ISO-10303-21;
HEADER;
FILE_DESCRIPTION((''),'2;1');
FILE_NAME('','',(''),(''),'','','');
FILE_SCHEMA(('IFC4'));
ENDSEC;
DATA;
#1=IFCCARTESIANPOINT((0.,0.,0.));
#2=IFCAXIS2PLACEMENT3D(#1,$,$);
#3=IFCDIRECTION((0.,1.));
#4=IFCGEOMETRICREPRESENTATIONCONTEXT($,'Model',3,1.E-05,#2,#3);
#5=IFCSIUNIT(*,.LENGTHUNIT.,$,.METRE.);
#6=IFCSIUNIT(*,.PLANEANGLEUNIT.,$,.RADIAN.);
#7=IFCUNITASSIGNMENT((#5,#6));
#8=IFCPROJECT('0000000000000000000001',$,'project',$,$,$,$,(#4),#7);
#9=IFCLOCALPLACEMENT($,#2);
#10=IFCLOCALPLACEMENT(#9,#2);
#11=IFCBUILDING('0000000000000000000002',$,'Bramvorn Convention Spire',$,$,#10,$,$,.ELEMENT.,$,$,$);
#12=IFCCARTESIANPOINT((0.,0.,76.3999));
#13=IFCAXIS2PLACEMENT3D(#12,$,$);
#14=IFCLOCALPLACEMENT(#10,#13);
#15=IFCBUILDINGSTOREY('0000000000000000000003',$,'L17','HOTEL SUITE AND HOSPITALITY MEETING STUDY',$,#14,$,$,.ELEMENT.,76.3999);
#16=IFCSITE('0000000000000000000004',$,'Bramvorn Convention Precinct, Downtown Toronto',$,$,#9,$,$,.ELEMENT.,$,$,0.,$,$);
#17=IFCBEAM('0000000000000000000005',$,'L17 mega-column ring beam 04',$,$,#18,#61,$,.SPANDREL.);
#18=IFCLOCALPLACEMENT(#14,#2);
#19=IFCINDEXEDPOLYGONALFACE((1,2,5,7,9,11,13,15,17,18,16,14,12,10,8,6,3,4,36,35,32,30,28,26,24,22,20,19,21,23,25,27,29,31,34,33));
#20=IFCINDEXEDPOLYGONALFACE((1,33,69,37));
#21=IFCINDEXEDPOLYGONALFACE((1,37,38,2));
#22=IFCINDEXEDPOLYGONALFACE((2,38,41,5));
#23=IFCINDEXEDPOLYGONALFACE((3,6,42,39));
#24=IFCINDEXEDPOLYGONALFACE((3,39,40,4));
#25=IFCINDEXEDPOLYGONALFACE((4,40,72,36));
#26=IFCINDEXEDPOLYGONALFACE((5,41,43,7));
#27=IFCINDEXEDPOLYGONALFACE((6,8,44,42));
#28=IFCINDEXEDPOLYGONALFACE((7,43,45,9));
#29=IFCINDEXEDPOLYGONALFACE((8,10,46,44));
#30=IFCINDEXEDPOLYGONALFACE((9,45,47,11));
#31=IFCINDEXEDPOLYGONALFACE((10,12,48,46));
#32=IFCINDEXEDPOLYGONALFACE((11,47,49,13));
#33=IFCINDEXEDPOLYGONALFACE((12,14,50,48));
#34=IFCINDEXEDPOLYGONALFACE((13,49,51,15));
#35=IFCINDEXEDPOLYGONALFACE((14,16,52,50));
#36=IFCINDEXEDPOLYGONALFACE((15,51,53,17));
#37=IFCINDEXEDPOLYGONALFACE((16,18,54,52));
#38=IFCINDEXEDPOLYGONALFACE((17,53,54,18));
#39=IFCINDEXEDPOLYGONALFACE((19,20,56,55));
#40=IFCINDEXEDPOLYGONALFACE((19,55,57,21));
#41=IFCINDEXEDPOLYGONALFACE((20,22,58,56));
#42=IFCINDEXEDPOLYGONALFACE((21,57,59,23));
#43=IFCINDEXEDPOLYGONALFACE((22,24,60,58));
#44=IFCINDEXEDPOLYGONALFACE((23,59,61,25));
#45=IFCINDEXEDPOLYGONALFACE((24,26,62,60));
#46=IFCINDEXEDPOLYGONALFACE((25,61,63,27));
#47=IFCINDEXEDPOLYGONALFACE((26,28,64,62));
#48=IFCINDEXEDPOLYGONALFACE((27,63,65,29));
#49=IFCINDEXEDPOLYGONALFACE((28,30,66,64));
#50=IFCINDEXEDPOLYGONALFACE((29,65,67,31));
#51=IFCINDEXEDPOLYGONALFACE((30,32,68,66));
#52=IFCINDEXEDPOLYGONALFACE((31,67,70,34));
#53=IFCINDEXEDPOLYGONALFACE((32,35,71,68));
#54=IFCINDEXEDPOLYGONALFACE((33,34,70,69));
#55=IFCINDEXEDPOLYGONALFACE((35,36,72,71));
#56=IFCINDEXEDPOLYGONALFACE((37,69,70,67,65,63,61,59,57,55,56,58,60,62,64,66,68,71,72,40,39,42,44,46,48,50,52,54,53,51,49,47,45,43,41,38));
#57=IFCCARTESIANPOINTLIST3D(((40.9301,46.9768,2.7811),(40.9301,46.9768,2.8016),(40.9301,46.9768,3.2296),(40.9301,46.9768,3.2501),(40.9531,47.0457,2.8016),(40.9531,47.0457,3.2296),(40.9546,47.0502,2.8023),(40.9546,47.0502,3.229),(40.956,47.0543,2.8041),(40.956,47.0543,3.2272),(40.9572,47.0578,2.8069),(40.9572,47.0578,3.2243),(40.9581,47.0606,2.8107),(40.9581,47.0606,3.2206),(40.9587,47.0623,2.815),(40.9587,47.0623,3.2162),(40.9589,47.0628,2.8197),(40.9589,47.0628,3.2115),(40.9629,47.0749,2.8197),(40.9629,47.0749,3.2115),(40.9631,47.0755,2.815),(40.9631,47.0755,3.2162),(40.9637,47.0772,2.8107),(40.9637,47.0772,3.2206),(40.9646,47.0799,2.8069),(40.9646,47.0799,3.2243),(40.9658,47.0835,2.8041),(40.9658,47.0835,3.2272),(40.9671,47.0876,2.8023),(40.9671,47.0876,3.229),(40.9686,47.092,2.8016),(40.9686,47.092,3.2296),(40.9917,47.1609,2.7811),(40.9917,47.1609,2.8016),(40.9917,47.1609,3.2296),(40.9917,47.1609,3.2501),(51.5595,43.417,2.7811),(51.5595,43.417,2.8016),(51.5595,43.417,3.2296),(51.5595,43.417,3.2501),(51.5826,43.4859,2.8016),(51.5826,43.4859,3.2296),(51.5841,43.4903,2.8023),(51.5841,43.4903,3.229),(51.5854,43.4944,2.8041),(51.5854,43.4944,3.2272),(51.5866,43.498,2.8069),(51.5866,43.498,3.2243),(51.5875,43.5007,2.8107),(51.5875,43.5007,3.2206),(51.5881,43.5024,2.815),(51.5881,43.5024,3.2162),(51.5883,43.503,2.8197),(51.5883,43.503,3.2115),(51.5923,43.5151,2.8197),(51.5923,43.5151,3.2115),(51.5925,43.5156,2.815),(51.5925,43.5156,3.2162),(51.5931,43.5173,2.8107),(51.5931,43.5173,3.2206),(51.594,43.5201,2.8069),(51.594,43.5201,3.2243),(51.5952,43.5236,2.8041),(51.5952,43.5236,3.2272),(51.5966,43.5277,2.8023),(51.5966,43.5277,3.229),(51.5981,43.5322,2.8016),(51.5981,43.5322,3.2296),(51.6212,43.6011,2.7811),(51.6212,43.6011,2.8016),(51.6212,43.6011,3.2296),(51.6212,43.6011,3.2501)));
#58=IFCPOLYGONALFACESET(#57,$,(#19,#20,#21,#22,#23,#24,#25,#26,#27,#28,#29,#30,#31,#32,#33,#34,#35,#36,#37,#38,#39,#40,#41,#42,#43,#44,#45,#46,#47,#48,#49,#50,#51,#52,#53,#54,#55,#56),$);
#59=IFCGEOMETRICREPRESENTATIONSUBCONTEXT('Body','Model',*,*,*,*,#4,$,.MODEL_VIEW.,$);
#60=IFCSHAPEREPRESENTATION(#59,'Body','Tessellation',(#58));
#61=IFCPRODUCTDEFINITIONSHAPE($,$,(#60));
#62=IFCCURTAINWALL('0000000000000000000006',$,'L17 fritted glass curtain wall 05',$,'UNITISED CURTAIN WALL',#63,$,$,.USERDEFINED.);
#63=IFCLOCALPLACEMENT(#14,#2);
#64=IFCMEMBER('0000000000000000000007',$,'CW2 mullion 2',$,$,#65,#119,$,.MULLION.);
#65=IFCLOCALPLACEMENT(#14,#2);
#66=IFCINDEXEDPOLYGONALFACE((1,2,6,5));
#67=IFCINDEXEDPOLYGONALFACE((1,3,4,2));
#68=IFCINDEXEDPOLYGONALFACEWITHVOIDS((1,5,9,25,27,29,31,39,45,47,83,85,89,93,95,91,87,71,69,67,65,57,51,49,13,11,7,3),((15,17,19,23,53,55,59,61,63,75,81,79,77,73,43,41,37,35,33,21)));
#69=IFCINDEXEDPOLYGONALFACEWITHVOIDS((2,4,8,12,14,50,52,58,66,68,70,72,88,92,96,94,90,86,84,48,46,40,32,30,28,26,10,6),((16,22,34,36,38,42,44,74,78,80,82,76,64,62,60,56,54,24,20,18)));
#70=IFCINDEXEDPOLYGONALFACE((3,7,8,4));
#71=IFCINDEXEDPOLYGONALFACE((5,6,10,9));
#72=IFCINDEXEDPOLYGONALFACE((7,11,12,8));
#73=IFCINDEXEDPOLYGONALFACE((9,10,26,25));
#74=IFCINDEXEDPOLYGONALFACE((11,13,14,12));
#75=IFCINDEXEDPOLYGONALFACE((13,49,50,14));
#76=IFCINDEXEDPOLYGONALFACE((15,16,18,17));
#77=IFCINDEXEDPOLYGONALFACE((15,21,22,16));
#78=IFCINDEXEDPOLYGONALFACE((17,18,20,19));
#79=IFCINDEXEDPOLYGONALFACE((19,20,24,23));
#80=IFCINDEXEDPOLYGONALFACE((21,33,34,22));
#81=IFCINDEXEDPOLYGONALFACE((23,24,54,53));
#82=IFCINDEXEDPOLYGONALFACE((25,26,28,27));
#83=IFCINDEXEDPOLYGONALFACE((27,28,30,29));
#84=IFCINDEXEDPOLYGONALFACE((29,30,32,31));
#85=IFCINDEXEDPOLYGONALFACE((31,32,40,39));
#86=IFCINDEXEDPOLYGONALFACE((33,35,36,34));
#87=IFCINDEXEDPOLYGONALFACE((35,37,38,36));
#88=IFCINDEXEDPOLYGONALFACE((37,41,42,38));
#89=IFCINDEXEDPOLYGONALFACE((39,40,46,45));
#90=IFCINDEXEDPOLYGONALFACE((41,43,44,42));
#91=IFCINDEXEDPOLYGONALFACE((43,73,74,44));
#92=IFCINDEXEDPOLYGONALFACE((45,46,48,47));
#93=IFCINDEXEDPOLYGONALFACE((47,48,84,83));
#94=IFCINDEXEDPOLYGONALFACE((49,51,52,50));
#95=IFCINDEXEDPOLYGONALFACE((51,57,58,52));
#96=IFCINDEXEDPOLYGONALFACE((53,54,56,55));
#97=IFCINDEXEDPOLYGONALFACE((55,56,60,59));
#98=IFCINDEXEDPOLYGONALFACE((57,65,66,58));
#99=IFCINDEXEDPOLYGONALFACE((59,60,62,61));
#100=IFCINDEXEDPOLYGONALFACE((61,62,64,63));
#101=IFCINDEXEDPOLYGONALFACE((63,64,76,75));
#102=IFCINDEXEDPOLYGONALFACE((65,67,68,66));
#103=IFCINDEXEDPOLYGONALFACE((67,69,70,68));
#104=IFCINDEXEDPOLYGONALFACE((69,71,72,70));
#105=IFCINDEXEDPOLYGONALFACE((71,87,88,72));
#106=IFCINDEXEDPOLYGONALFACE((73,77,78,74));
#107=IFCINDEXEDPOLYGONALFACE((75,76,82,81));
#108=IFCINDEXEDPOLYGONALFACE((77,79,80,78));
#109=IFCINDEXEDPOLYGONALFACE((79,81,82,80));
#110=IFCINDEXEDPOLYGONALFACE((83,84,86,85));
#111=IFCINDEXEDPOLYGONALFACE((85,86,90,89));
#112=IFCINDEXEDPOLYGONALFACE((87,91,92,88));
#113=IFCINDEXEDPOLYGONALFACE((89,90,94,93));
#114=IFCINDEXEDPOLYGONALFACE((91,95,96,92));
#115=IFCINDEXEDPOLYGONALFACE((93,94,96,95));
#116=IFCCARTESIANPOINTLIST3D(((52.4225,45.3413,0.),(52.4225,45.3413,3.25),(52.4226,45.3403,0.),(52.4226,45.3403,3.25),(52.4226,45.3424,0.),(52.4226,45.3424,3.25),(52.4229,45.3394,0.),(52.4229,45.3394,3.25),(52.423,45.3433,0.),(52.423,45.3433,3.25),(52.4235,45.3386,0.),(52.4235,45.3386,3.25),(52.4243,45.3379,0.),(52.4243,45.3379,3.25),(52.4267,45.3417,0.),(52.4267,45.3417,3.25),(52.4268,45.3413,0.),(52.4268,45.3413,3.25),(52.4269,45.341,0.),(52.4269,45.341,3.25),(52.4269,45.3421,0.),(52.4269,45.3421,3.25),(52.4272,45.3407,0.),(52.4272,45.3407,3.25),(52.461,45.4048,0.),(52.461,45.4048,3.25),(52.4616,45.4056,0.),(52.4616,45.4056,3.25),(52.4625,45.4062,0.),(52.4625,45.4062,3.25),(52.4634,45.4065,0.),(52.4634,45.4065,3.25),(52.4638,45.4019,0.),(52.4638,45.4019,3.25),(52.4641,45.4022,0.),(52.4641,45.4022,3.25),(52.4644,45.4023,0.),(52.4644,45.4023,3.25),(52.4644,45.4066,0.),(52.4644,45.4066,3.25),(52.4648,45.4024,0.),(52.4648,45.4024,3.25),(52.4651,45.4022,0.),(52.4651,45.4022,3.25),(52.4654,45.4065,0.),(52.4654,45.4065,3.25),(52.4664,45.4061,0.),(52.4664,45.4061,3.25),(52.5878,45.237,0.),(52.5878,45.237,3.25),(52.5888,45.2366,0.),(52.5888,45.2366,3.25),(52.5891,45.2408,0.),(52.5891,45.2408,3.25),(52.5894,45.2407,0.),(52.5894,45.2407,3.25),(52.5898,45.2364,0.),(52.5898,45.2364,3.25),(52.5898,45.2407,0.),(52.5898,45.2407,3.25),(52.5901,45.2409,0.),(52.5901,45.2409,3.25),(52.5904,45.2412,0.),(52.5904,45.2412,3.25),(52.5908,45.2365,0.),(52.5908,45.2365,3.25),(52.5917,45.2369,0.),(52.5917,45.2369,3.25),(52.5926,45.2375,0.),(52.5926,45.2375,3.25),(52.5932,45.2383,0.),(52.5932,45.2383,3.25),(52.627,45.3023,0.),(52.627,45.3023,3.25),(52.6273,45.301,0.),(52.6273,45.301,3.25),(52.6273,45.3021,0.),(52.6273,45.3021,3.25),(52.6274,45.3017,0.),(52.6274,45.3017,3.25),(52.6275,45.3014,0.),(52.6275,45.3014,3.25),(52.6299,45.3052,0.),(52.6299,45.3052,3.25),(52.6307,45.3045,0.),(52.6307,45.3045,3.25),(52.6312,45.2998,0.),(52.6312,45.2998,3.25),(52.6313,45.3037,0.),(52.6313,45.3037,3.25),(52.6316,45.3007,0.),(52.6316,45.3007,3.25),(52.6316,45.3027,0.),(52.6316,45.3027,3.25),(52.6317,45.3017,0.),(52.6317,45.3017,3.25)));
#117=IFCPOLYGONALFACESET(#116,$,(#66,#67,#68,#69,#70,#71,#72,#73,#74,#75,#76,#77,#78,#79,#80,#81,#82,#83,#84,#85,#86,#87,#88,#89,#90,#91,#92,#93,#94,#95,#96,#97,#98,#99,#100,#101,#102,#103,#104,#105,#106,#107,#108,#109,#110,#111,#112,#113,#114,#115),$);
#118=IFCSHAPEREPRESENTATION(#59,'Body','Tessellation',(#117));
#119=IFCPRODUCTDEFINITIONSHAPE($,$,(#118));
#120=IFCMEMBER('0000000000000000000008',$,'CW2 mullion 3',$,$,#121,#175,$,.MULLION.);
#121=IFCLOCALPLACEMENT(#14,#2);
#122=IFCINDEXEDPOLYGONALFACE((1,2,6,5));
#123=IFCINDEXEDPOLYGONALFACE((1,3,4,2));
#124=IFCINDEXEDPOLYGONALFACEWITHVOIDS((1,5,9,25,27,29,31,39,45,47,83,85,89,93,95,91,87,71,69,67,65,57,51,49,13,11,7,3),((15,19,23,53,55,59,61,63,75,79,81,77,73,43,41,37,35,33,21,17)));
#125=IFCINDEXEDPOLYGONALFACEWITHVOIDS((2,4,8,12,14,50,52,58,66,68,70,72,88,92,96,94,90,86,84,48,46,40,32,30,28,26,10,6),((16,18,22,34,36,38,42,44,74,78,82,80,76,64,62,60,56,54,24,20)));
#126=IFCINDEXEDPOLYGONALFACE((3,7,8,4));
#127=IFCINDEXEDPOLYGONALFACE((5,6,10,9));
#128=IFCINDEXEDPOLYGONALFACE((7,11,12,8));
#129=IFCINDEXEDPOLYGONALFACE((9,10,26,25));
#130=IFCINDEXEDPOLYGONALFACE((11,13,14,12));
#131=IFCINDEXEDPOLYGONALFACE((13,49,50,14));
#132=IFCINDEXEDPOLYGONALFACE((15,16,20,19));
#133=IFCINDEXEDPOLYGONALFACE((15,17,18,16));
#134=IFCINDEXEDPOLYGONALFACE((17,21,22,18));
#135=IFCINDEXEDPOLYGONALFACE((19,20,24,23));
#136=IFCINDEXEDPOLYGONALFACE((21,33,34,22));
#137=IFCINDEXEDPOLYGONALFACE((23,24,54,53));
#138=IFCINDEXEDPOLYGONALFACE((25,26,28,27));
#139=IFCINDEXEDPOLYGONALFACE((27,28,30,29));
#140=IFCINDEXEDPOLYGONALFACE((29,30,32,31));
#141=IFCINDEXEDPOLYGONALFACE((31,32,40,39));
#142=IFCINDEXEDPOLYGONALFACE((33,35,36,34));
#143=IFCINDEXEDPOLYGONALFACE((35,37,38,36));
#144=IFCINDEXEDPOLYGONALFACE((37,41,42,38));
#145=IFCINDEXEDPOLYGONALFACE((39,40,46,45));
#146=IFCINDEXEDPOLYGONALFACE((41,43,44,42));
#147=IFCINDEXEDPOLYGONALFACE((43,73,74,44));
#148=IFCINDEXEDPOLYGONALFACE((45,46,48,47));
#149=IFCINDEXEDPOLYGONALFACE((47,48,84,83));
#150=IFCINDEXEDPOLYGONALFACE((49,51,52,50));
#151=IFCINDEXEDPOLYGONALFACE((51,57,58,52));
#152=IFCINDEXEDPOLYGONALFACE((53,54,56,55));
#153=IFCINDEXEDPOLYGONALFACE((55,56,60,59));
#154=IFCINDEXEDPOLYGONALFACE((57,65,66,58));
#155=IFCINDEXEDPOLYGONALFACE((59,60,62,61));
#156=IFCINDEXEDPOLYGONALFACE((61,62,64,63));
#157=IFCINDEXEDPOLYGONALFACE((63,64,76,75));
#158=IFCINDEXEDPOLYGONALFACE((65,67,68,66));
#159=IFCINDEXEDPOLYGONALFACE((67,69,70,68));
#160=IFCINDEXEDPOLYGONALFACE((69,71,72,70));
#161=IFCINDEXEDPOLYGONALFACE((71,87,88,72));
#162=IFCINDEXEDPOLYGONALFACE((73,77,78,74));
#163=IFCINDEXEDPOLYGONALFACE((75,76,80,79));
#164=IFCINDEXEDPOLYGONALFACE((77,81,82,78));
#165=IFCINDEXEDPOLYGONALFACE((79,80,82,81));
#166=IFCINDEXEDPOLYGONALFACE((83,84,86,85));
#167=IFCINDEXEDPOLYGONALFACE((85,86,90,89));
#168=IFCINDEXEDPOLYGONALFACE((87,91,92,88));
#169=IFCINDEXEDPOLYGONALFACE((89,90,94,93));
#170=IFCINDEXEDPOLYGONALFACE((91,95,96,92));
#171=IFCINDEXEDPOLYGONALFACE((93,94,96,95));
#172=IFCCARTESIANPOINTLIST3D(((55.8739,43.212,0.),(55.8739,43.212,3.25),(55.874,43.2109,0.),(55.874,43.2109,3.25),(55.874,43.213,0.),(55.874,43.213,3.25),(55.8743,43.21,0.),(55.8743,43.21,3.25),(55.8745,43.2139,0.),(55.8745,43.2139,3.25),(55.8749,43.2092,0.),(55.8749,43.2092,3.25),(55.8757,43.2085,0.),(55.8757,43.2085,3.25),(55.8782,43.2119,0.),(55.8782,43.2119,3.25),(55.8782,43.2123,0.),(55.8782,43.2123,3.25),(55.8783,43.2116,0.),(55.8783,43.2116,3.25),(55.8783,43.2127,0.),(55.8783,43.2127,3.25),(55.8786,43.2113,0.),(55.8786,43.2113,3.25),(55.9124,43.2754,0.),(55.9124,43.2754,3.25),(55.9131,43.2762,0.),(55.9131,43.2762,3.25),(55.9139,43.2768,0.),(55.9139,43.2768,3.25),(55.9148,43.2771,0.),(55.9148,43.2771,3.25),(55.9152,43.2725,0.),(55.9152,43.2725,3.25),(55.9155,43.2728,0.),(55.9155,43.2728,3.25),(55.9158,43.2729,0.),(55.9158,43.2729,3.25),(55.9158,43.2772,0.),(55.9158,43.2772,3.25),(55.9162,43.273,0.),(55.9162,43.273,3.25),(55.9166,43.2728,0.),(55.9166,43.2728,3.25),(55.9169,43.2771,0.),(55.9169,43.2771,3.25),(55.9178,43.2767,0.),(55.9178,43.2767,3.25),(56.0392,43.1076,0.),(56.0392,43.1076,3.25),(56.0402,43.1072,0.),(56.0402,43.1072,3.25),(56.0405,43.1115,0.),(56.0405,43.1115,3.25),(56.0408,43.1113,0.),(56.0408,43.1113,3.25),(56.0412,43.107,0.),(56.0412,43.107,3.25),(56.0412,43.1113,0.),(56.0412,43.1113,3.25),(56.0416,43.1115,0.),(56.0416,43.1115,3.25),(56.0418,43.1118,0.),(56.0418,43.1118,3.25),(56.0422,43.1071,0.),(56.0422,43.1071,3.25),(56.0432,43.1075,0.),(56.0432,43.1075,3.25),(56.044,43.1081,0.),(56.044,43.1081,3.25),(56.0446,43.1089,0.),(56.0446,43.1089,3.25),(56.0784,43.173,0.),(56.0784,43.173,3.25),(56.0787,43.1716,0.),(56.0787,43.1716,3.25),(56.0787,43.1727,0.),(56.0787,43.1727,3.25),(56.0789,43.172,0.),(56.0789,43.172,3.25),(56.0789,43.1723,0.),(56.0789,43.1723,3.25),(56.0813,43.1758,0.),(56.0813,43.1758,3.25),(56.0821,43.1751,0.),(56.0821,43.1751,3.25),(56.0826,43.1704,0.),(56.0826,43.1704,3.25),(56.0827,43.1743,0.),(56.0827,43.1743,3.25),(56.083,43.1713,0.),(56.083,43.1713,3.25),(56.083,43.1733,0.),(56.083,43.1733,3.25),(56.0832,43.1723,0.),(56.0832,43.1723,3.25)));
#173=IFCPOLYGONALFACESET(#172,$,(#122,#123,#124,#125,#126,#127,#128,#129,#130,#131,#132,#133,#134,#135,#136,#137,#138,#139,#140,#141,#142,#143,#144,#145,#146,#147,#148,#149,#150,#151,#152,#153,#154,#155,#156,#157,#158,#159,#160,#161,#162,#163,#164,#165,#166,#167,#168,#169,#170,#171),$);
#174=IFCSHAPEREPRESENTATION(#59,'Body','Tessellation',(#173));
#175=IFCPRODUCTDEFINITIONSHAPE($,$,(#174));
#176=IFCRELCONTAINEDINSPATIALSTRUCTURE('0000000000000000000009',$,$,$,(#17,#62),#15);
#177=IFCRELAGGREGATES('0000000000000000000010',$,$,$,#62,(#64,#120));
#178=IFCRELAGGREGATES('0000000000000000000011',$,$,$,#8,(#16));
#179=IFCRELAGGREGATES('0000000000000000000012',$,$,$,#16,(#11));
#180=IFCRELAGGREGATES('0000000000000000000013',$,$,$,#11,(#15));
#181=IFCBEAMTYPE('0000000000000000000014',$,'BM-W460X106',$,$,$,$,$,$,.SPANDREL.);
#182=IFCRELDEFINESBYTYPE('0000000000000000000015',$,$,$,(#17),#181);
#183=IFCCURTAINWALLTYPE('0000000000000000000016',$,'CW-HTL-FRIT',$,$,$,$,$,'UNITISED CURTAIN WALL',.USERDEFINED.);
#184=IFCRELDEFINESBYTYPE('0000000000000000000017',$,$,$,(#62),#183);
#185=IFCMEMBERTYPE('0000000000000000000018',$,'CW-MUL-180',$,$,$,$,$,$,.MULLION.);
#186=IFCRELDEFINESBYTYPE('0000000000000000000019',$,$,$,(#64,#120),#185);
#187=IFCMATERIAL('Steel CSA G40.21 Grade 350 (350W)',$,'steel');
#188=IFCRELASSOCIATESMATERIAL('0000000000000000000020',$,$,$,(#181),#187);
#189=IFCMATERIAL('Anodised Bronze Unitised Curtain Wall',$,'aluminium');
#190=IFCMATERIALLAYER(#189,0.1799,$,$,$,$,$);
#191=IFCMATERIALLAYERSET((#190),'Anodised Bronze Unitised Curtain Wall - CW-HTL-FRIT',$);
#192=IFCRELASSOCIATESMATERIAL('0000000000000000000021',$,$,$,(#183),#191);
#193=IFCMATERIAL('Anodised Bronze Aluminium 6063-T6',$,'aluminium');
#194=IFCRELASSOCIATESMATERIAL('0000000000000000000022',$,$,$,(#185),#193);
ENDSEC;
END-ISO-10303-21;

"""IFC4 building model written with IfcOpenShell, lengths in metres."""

from ifc_helpers import new_model, si_unit, direction, frame, origin, origin_2d, place, context, subcontext, project, spatial, hollow_rectangle, i_section, extrude, material, layer, layer_set, material_profile, profile_set, type_object, element, aggregate, save


model = new_model("IFC4")

# Units and contexts
model_context = context("Model", 3, precision=1e-05, world=origin(), true_north=direction((0.0, 1.0)))
body_context = subcontext(model_context, "Body", "Model", "MODEL_VIEW")
ifc_project = project(units=[si_unit("LENGTHUNIT", "METRE"), si_unit("PLANEANGLEUNIT", "RADIAN")], contexts=[model_context])

# Site, building, storey
site_placement = place(None, origin())
site = spatial("IfcSite", under=ifc_project, at=site_placement, Name="Bramvorn Convention Precinct, Downtown Toronto", CompositionType="ELEMENT", RefElevation=0.0)
building_placement = place(site_placement, origin())
building = spatial("IfcBuilding", under=site, at=building_placement, Name="Bramvorn Convention Spire", CompositionType="ELEMENT")
storey_placement = place(building_placement, frame((0.0, 0.0, 76.3999)))
storey = spatial("IfcBuildingStorey", under=building, at=storey_placement, Name="L17", Description="HOTEL SUITE AND HOSPITALITY MEETING STUDY", CompositionType="ELEMENT", Elevation=76.3999)

# Shared definitions
ifc_material_1 = material(Name="Steel CSA G40.21 Grade 350 (350W)", Category="steel")

# Beam
ifc_material_profile_1 = material_profile(ifc_material_1, i_section(OverallWidth=0.1941, OverallDepth=0.469, WebThickness=0.0127, FlangeThickness=0.0205, FilletRadius=0.0181, at=origin_2d()))
ifc_profile_set_1 = profile_set([ifc_material_profile_1], Name="Steel CSA G40.21 Grade 350 (350W) - W460X106")
beam_type_1 = type_object("IfcBeamType", Name="BM-W460X106", PredefinedType="SPANDREL", material=ifc_profile_set_1)
beam_1_placement = place(storey_placement, frame((51.5903, 43.509, 3.0156), z_axis=(-0.948236, 0.317567, 0.0), x_axis=(-0.317567, -0.948236, 0.0)))
element("IfcBeam", 1, at=beam_1_placement, inside=storey, type_object=beam_type_1, Name="L17 mega-column ring beam 04", PredefinedType="SPANDREL", context=body_context, shape_type="SweptSolid", body=[
    extrude(i_section(OverallWidth=0.1941, OverallDepth=0.469, WebThickness=0.0127, FlangeThickness=0.0205, FilletRadius=0.0181, at=origin_2d()), origin(), (0.0, 0.0, 1.0), 11.2097),
])

# Curtain wall, members
ifc_material_2 = material(Name="Anodised Bronze Unitised Curtain Wall", Category="aluminium")
ifc_layer_1 = layer(ifc_material_2, 0.1799)
ifc_layer_set_1 = layer_set([ifc_layer_1], Name="Anodised Bronze Unitised Curtain Wall - CW-HTL-FRIT")
curtain_wall_type_1 = type_object("IfcCurtainWallType", Name="CW-HTL-FRIT", ElementType="UNITISED CURTAIN WALL", PredefinedType="USERDEFINED", material=ifc_layer_set_1)
curtain_wall_1_placement = place(storey_placement, origin())
curtain_wall_1 = element("IfcCurtainWall", 2, at=curtain_wall_1_placement, inside=storey, type_object=curtain_wall_type_1, Name="L17 fritted glass curtain wall 05", ObjectType="UNITISED CURTAIN WALL", PredefinedType="USERDEFINED")
ifc_material_3 = material(Name="Anodised Bronze Aluminium 6063-T6", Category="aluminium")
ifc_material_profile_2 = material_profile(ifc_material_3, hollow_rectangle(XDim=0.0801, YDim=0.2, WallThickness=0.0039, InnerFilletRadius=0.001, OuterFilletRadius=0.0039, at=origin_2d()))
ifc_profile_set_2 = profile_set([ifc_material_profile_2], Name="Anodised Bronze Aluminium 6063-T6 - CWM80X200")
member_type_1 = type_object("IfcMemberType", Name="CW-MUL-180", PredefinedType="MULLION", material=ifc_profile_set_2)
member_1_placement = place(storey_placement, frame((52.5271, 45.3215, 0.0), z_axis=(0.0, 0.0, 1.0), x_axis=(0.525114, 0.851032, 0.0)))
member_1 = element("IfcMember", 3, at=member_1_placement, type_object=member_type_1, Name="CW2 mullion 2", PredefinedType="MULLION", context=body_context, shape_type="SweptSolid", body=[
    extrude(hollow_rectangle(XDim=0.0801, YDim=0.2, WallThickness=0.0039, InnerFilletRadius=0.001, OuterFilletRadius=0.0039, at=origin_2d()), origin(), (0.0, 0.0, 1.0), 3.25),
])
member_2_placement = place(storey_placement, frame((55.9785, 43.1921, 0.0), z_axis=(0.0, 0.0, 1.0), x_axis=(0.525114, 0.851032, 0.0)))
member_2 = element("IfcMember", 4, at=member_2_placement, type_object=member_type_1, Name="CW2 mullion 3", PredefinedType="MULLION", context=body_context, shape_type="SweptSolid", body=[
    extrude(hollow_rectangle(XDim=0.0801, YDim=0.2, WallThickness=0.0039, InnerFilletRadius=0.001, OuterFilletRadius=0.0039, at=origin_2d()), origin(), (0.0, 0.0, 1.0), 3.25),
])

aggregate(curtain_wall_1, [member_1, member_2])

save(model, "model.ifc")
